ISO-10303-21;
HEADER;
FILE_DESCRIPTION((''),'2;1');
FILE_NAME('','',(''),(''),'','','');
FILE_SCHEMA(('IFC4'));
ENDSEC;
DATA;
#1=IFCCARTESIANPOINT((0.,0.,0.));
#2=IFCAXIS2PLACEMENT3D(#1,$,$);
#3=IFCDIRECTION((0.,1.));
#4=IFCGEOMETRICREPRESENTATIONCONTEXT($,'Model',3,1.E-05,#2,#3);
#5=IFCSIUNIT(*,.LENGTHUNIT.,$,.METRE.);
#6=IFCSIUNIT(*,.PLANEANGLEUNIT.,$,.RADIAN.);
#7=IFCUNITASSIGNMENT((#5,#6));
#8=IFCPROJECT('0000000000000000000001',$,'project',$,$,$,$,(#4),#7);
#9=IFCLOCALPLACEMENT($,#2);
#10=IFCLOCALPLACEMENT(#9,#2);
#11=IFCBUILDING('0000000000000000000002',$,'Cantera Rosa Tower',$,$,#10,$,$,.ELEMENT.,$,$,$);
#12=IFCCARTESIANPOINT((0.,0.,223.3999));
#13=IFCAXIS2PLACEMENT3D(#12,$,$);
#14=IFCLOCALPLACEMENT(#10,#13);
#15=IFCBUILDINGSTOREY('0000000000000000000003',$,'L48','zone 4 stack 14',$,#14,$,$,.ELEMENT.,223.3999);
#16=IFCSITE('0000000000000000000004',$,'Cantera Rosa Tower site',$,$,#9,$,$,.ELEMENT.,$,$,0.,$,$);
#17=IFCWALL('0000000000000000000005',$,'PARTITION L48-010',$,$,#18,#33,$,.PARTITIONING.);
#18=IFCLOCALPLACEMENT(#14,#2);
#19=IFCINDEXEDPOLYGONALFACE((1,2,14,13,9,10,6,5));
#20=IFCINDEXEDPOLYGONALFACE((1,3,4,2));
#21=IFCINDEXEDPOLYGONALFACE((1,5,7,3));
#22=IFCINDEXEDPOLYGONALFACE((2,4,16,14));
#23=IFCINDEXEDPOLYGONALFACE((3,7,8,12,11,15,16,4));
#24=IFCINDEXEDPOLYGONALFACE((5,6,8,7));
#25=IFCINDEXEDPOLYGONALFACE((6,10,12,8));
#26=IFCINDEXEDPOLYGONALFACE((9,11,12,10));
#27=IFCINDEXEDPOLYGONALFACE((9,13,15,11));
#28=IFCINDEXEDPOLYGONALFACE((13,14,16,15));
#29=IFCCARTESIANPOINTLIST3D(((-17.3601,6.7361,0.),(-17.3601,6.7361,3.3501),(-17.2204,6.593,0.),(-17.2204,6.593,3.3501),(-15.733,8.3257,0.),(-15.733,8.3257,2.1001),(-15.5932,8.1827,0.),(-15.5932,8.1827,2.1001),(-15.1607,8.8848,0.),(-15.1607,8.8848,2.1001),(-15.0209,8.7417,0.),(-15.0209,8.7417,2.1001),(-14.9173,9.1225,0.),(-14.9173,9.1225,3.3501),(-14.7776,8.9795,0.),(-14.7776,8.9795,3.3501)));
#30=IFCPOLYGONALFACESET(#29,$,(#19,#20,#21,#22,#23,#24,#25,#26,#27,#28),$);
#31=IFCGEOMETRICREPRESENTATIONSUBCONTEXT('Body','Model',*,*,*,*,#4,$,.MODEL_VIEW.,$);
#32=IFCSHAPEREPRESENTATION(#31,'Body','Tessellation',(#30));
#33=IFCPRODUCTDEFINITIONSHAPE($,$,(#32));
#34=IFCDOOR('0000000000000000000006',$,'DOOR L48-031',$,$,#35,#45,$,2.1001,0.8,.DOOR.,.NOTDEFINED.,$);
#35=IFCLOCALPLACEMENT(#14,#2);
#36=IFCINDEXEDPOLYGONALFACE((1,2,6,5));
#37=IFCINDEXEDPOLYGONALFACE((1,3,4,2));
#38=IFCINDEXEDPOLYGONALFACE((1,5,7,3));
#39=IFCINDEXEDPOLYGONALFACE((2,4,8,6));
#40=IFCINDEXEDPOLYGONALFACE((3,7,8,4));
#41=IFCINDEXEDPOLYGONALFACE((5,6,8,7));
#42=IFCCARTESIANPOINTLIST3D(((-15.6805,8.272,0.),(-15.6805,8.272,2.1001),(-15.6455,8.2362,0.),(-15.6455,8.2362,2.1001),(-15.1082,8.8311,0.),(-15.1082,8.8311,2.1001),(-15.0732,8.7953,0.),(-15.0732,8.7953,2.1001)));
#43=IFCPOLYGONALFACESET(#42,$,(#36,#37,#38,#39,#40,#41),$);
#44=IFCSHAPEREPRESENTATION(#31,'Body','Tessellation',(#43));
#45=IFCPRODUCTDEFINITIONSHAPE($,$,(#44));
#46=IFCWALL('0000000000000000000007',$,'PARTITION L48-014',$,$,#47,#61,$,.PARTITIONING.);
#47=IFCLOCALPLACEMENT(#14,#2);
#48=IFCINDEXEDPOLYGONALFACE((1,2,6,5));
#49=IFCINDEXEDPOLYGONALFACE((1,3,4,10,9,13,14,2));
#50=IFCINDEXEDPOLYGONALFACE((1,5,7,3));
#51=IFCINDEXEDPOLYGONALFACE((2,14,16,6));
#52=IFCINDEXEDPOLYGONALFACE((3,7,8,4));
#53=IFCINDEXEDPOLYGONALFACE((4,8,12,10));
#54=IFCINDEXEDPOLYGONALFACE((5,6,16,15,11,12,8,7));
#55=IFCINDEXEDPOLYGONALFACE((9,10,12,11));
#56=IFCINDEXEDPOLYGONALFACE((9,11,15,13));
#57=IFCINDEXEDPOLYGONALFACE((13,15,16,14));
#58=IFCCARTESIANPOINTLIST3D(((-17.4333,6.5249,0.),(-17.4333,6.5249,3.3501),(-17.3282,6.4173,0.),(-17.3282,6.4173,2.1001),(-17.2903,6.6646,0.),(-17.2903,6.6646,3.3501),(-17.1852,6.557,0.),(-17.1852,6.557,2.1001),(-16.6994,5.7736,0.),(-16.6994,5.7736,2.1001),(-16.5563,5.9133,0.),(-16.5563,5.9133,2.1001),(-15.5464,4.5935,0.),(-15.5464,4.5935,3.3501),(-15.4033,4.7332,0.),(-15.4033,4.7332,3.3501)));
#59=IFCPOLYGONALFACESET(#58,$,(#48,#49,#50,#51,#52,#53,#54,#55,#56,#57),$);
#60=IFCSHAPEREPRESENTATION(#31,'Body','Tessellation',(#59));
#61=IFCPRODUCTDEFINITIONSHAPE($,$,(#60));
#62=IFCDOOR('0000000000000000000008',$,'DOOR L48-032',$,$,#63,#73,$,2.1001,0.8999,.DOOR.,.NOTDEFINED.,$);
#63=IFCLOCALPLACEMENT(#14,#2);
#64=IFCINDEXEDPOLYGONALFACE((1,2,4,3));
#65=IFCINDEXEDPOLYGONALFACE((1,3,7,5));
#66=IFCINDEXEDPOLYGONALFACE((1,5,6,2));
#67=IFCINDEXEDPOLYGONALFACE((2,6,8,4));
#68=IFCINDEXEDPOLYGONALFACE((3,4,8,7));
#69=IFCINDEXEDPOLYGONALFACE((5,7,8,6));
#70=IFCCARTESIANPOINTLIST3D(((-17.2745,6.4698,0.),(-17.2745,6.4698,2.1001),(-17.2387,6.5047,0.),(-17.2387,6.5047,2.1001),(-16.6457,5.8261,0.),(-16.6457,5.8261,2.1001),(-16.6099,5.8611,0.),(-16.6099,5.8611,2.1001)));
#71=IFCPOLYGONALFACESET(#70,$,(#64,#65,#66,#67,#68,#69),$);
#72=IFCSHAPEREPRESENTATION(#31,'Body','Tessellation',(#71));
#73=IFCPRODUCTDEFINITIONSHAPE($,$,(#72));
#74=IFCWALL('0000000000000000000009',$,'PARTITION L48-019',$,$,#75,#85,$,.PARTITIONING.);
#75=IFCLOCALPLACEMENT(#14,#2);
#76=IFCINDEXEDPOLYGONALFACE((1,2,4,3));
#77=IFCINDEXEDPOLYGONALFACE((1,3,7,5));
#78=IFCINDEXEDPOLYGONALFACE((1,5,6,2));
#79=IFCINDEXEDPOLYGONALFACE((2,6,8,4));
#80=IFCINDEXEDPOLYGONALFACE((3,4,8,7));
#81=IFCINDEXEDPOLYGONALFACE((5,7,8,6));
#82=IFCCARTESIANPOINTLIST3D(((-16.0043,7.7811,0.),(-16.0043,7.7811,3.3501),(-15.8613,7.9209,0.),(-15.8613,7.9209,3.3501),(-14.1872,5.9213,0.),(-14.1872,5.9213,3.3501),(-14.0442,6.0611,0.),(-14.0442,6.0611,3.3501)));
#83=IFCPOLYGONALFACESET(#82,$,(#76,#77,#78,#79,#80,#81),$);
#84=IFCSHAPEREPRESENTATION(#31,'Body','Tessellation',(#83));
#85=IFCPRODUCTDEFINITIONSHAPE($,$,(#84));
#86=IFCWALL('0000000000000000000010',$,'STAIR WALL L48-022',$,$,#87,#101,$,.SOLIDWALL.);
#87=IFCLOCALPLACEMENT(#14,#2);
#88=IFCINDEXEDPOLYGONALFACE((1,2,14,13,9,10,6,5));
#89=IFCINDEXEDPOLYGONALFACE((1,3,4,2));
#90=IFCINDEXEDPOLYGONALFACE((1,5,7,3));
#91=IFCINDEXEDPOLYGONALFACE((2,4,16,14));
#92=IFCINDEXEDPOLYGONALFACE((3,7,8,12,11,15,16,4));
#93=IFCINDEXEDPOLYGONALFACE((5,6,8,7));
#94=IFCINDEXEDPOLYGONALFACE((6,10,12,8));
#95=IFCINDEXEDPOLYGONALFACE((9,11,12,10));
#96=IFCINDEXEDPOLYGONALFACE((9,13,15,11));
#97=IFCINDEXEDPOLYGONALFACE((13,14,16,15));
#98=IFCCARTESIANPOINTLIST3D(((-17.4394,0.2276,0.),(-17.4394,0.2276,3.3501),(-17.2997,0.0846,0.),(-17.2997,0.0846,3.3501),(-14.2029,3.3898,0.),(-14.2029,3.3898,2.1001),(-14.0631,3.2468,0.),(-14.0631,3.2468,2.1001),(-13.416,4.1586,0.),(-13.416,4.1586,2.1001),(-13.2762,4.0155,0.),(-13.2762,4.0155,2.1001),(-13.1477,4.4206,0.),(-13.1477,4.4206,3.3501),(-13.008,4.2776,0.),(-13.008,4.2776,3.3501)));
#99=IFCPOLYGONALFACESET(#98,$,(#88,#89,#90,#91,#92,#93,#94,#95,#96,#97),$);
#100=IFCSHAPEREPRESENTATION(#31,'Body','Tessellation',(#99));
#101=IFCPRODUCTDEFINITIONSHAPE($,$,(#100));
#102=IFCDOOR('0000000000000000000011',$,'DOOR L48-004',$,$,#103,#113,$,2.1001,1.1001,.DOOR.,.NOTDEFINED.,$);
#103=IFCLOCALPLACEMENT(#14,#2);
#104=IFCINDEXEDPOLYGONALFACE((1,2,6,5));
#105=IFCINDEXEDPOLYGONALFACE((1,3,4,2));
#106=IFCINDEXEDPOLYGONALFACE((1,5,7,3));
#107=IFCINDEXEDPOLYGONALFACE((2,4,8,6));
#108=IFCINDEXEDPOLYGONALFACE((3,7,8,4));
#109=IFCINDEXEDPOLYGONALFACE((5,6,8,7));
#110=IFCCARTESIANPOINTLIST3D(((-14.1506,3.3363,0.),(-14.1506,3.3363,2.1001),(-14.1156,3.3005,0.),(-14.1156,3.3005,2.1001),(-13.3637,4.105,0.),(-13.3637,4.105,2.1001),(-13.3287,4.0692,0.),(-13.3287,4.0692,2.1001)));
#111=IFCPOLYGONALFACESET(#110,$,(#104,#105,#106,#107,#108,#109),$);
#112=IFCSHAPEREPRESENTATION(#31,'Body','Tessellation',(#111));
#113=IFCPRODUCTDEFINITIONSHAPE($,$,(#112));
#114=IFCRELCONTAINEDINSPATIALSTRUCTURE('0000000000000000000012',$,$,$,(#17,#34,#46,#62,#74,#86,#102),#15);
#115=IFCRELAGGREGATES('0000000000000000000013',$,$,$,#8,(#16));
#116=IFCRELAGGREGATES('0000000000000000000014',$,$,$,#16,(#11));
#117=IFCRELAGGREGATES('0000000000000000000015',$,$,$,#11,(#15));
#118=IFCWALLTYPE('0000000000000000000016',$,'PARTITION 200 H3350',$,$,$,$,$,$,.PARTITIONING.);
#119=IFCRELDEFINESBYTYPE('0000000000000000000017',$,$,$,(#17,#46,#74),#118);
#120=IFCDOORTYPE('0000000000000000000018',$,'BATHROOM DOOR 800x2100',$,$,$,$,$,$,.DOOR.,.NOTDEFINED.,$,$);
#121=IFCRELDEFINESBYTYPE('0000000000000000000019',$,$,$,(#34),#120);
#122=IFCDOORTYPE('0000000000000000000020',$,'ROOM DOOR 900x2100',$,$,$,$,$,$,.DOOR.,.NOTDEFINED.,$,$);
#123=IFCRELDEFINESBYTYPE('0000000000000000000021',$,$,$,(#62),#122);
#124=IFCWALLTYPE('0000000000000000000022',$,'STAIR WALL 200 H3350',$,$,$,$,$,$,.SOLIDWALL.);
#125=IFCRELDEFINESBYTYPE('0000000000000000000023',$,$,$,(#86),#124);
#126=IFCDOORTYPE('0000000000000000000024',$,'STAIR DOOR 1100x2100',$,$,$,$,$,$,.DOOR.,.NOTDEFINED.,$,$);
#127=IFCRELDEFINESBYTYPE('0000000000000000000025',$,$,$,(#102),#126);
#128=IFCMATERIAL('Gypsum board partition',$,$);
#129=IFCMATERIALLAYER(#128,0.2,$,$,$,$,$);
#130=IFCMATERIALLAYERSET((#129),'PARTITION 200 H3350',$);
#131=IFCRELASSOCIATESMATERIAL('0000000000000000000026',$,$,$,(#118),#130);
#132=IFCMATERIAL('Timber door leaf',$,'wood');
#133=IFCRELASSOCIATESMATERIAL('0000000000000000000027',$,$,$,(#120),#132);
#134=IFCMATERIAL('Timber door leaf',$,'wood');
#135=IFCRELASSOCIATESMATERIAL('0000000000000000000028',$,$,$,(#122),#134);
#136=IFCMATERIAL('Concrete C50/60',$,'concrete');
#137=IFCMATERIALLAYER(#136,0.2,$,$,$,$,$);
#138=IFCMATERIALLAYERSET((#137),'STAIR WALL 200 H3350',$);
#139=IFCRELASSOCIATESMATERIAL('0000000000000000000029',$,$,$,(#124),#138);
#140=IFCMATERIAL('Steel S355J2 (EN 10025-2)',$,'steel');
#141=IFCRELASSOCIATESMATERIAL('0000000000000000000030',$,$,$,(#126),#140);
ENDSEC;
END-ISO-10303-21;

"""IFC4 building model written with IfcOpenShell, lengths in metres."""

from ifc_helpers import new_model, si_unit, direction, frame, frame_2d, origin, place, context, subcontext, project, spatial, rectangle, extrude, material, layer, layer_set, type_object, element, fill, save


model = new_model("IFC4")

# Units and contexts
model_context = context("Model", 3, precision=1e-05, world=origin(), true_north=direction((0.0, 1.0)))
body_context = subcontext(model_context, "Body", "Model", "MODEL_VIEW")
ifc_project = project(units=[si_unit("LENGTHUNIT", "METRE"), si_unit("PLANEANGLEUNIT", "RADIAN")], contexts=[model_context])

# Site, building, storey
site_placement = place(None, origin())
site = spatial("IfcSite", under=ifc_project, at=site_placement, Name="Cantera Rosa Tower site", CompositionType="ELEMENT", RefElevation=0.0)
building_placement = place(site_placement, origin())
building = spatial("IfcBuilding", under=site, at=building_placement, Name="Cantera Rosa Tower", CompositionType="ELEMENT")
storey_placement = place(building_placement, frame((0.0, 0.0, 223.3999)))
storey = spatial("IfcBuildingStorey", under=building, at=storey_placement, Name="L48", Description="zone 4 stack 14", CompositionType="ELEMENT", Elevation=223.3999)

# Shared definitions
ifc_material_1 = material(Name="Gypsum board partition")
ifc_layer_1 = layer(ifc_material_1, 0.2)
ifc_layer_set_1 = layer_set([ifc_layer_1], Name="PARTITION 200 H3350")
wall_type_1 = type_object("IfcWallType", Name="PARTITION 200 H3350", PredefinedType="PARTITIONING", material=ifc_layer_set_1)

# Walls, openings, doors
wall_1_placement = place(storey_placement, frame((-17.2903, 6.6646, 0.0), z_axis=(0.0, 0.0, 1.0), x_axis=(0.715316, 0.698802, 0.0)))
wall_1 = element("IfcWall", 1, at=wall_1_placement, inside=storey, type_object=wall_type_1, Name="PARTITION L48-010", PredefinedType="PARTITIONING", context=body_context, shape_type="SweptSolid", body=[
    extrude(rectangle(XDim=3.415, YDim=0.2, at=frame_2d((1.7075, 0.0))), origin(), (0.0, 0.0, 1.0), 3.3501),
])
opening_1_placement = place(wall_1_placement, frame((2.2749, 0.0, 0.0)))
opening_1 = element("IfcOpeningElement", 2, at=opening_1_placement, cuts=wall_1, PredefinedType="OPENING", context=body_context, shape_type="SweptSolid", body=[
    extrude(rectangle(XDim=0.8, YDim=2.1001, at=frame_2d((0.3999, 1.05))), frame((0.0, 0.1099, 0.0), z_axis=(0.0, -1.0, 0.0), x_axis=(1.0, 0.0, 0.0)), (0.0, 0.0, 1.0), 0.22),
])
ifc_material_2 = material(Name="Timber door leaf", Category="wood")
door_type_1 = type_object("IfcDoorType", Name="BATHROOM DOOR 800x2100", OperationType="NOTDEFINED", PredefinedType="DOOR", material=ifc_material_2)
door_1_placement = place(opening_1_placement, origin())
door_1 = element("IfcDoor", 3, at=door_1_placement, inside=storey, type_object=door_type_1, Name="DOOR L48-031", OperationType="NOTDEFINED", OverallHeight=2.1001, OverallWidth=0.8, PredefinedType="DOOR", context=body_context, shape_type="SweptSolid", body=[
    extrude(rectangle(XDim=0.8, YDim=2.1001, at=frame_2d((0.3999, 1.05))), frame((0.0, 0.0249, 0.0), z_axis=(0.0, -1.0, 0.0), x_axis=(1.0, 0.0, 0.0)), (0.0, 0.0, 1.0), 0.05),
])
fill(opening_1, door_1)
wall_2_placement = place(storey_placement, frame((-15.4749, 4.6633, 0.0), z_axis=(0.0, 0.0, 1.0), x_axis=(-0.698831, 0.715287, 0.0)))
wall_2 = element("IfcWall", 4, at=wall_2_placement, inside=storey, type_object=wall_type_1, Name="PARTITION L48-014", PredefinedType="PARTITIONING", context=body_context, shape_type="SweptSolid", body=[
    extrude(rectangle(XDim=2.7002, YDim=0.2, at=frame_2d((1.3501, 0.0))), origin(), (0.0, 0.0, 1.0), 3.3501),
])
opening_2_placement = place(wall_2_placement, frame((1.6499, 0.0, 0.0)))
opening_2 = element("IfcOpeningElement", 5, at=opening_2_placement, cuts=wall_2, PredefinedType="OPENING", context=body_context, shape_type="SweptSolid", body=[
    extrude(rectangle(XDim=0.8999, YDim=2.1001, at=frame_2d((0.45, 1.05))), frame((0.0, 0.1099, 0.0), z_axis=(0.0, -1.0, 0.0), x_axis=(1.0, 0.0, 0.0)), (0.0, 0.0, 1.0), 0.22),
])
ifc_material_3 = material(Name="Timber door leaf", Category="wood")
door_type_2 = type_object("IfcDoorType", Name="ROOM DOOR 900x2100", OperationType="NOTDEFINED", PredefinedType="DOOR", material=ifc_material_3)
door_2_placement = place(opening_2_placement, origin())
door_2 = element("IfcDoor", 6, at=door_2_placement, inside=storey, type_object=door_type_2, Name="DOOR L48-032", OperationType="NOTDEFINED", OverallHeight=2.1001, OverallWidth=0.8999, PredefinedType="DOOR", context=body_context, shape_type="SweptSolid", body=[
    extrude(rectangle(XDim=0.8999, YDim=2.1001, at=frame_2d((0.45, 1.05))), frame((0.0, 0.0249, 0.0), z_axis=(0.0, -1.0, 0.0), x_axis=(1.0, 0.0, 0.0)), (0.0, 0.0, 1.0), 0.05),
])
fill(opening_2, door_2)

# Wall
wall_3_placement = place(storey_placement, frame((-14.1157, 5.9912, 0.0), z_axis=(0.0, 0.0, 1.0), x_axis=(-0.698843, 0.715275, 0.0)))
element("IfcWall", 7, at=wall_3_placement, inside=storey, type_object=wall_type_1, Name="PARTITION L48-019", PredefinedType="PARTITIONING", context=body_context, shape_type="SweptSolid", body=[
    extrude(rectangle(XDim=2.6001, YDim=0.2, at=frame_2d((1.3, 0.0))), origin(), (0.0, 0.0, 1.0), 3.3501),
])

# Wall, opening, door
ifc_material_4 = material(Name="Concrete C50/60", Category="concrete")
ifc_layer_2 = layer(ifc_material_4, 0.2)
ifc_layer_set_2 = layer_set([ifc_layer_2], Name="STAIR WALL 200 H3350")
wall_type_2 = type_object("IfcWallType", Name="STAIR WALL 200 H3350", PredefinedType="SOLIDWALL", material=ifc_layer_set_2)
wall_4_placement = place(storey_placement, frame((-13.0779, 4.3491, 0.0), z_axis=(0.0, 0.0, 1.0), x_axis=(-0.715278, -0.69884, 0.0)))
wall_4 = element("IfcWall", 8, at=wall_4_placement, inside=storey, type_object=wall_type_2, Name="STAIR WALL L48-022", PredefinedType="SOLIDWALL", context=body_context, shape_type="SweptSolid", body=[
    extrude(rectangle(XDim=6.0, YDim=0.2, at=frame_2d((3.0, 0.0))), origin(), (0.0, 0.0, 1.0), 3.3501),
])
opening_3_placement = place(wall_4_placement, frame((0.375, 0.0, 0.0)))
opening_3 = element("IfcOpeningElement", 9, at=opening_3_placement, cuts=wall_4, PredefinedType="OPENING", context=body_context, shape_type="SweptSolid", body=[
    extrude(rectangle(XDim=1.1001, YDim=2.1001, at=frame_2d((0.55, 1.05))), frame((0.0, 0.1099, 0.0), z_axis=(0.0, -1.0, 0.0), x_axis=(1.0, 0.0, 0.0)), (0.0, 0.0, 1.0), 0.22),
])
ifc_material_5 = material(Name="Steel S355J2 (EN 10025-2)", Category="steel")
door_type_3 = type_object("IfcDoorType", Name="STAIR DOOR 1100x2100", OperationType="NOTDEFINED", PredefinedType="DOOR", material=ifc_material_5)
door_3_placement = place(opening_3_placement, origin())
door_3 = element("IfcDoor", 10, at=door_3_placement, inside=storey, type_object=door_type_3, Name="DOOR L48-004", OperationType="NOTDEFINED", OverallHeight=2.1001, OverallWidth=1.1001, PredefinedType="DOOR", context=body_context, shape_type="SweptSolid", body=[
    extrude(rectangle(XDim=1.1001, YDim=2.1001, at=frame_2d((0.55, 1.05))), frame((0.0, 0.0249, 0.0), z_axis=(0.0, -1.0, 0.0), x_axis=(1.0, 0.0, 0.0)), (0.0, 0.0, 1.0), 0.05),
])
fill(opening_3, door_3)

save(model, "model.ifc")
